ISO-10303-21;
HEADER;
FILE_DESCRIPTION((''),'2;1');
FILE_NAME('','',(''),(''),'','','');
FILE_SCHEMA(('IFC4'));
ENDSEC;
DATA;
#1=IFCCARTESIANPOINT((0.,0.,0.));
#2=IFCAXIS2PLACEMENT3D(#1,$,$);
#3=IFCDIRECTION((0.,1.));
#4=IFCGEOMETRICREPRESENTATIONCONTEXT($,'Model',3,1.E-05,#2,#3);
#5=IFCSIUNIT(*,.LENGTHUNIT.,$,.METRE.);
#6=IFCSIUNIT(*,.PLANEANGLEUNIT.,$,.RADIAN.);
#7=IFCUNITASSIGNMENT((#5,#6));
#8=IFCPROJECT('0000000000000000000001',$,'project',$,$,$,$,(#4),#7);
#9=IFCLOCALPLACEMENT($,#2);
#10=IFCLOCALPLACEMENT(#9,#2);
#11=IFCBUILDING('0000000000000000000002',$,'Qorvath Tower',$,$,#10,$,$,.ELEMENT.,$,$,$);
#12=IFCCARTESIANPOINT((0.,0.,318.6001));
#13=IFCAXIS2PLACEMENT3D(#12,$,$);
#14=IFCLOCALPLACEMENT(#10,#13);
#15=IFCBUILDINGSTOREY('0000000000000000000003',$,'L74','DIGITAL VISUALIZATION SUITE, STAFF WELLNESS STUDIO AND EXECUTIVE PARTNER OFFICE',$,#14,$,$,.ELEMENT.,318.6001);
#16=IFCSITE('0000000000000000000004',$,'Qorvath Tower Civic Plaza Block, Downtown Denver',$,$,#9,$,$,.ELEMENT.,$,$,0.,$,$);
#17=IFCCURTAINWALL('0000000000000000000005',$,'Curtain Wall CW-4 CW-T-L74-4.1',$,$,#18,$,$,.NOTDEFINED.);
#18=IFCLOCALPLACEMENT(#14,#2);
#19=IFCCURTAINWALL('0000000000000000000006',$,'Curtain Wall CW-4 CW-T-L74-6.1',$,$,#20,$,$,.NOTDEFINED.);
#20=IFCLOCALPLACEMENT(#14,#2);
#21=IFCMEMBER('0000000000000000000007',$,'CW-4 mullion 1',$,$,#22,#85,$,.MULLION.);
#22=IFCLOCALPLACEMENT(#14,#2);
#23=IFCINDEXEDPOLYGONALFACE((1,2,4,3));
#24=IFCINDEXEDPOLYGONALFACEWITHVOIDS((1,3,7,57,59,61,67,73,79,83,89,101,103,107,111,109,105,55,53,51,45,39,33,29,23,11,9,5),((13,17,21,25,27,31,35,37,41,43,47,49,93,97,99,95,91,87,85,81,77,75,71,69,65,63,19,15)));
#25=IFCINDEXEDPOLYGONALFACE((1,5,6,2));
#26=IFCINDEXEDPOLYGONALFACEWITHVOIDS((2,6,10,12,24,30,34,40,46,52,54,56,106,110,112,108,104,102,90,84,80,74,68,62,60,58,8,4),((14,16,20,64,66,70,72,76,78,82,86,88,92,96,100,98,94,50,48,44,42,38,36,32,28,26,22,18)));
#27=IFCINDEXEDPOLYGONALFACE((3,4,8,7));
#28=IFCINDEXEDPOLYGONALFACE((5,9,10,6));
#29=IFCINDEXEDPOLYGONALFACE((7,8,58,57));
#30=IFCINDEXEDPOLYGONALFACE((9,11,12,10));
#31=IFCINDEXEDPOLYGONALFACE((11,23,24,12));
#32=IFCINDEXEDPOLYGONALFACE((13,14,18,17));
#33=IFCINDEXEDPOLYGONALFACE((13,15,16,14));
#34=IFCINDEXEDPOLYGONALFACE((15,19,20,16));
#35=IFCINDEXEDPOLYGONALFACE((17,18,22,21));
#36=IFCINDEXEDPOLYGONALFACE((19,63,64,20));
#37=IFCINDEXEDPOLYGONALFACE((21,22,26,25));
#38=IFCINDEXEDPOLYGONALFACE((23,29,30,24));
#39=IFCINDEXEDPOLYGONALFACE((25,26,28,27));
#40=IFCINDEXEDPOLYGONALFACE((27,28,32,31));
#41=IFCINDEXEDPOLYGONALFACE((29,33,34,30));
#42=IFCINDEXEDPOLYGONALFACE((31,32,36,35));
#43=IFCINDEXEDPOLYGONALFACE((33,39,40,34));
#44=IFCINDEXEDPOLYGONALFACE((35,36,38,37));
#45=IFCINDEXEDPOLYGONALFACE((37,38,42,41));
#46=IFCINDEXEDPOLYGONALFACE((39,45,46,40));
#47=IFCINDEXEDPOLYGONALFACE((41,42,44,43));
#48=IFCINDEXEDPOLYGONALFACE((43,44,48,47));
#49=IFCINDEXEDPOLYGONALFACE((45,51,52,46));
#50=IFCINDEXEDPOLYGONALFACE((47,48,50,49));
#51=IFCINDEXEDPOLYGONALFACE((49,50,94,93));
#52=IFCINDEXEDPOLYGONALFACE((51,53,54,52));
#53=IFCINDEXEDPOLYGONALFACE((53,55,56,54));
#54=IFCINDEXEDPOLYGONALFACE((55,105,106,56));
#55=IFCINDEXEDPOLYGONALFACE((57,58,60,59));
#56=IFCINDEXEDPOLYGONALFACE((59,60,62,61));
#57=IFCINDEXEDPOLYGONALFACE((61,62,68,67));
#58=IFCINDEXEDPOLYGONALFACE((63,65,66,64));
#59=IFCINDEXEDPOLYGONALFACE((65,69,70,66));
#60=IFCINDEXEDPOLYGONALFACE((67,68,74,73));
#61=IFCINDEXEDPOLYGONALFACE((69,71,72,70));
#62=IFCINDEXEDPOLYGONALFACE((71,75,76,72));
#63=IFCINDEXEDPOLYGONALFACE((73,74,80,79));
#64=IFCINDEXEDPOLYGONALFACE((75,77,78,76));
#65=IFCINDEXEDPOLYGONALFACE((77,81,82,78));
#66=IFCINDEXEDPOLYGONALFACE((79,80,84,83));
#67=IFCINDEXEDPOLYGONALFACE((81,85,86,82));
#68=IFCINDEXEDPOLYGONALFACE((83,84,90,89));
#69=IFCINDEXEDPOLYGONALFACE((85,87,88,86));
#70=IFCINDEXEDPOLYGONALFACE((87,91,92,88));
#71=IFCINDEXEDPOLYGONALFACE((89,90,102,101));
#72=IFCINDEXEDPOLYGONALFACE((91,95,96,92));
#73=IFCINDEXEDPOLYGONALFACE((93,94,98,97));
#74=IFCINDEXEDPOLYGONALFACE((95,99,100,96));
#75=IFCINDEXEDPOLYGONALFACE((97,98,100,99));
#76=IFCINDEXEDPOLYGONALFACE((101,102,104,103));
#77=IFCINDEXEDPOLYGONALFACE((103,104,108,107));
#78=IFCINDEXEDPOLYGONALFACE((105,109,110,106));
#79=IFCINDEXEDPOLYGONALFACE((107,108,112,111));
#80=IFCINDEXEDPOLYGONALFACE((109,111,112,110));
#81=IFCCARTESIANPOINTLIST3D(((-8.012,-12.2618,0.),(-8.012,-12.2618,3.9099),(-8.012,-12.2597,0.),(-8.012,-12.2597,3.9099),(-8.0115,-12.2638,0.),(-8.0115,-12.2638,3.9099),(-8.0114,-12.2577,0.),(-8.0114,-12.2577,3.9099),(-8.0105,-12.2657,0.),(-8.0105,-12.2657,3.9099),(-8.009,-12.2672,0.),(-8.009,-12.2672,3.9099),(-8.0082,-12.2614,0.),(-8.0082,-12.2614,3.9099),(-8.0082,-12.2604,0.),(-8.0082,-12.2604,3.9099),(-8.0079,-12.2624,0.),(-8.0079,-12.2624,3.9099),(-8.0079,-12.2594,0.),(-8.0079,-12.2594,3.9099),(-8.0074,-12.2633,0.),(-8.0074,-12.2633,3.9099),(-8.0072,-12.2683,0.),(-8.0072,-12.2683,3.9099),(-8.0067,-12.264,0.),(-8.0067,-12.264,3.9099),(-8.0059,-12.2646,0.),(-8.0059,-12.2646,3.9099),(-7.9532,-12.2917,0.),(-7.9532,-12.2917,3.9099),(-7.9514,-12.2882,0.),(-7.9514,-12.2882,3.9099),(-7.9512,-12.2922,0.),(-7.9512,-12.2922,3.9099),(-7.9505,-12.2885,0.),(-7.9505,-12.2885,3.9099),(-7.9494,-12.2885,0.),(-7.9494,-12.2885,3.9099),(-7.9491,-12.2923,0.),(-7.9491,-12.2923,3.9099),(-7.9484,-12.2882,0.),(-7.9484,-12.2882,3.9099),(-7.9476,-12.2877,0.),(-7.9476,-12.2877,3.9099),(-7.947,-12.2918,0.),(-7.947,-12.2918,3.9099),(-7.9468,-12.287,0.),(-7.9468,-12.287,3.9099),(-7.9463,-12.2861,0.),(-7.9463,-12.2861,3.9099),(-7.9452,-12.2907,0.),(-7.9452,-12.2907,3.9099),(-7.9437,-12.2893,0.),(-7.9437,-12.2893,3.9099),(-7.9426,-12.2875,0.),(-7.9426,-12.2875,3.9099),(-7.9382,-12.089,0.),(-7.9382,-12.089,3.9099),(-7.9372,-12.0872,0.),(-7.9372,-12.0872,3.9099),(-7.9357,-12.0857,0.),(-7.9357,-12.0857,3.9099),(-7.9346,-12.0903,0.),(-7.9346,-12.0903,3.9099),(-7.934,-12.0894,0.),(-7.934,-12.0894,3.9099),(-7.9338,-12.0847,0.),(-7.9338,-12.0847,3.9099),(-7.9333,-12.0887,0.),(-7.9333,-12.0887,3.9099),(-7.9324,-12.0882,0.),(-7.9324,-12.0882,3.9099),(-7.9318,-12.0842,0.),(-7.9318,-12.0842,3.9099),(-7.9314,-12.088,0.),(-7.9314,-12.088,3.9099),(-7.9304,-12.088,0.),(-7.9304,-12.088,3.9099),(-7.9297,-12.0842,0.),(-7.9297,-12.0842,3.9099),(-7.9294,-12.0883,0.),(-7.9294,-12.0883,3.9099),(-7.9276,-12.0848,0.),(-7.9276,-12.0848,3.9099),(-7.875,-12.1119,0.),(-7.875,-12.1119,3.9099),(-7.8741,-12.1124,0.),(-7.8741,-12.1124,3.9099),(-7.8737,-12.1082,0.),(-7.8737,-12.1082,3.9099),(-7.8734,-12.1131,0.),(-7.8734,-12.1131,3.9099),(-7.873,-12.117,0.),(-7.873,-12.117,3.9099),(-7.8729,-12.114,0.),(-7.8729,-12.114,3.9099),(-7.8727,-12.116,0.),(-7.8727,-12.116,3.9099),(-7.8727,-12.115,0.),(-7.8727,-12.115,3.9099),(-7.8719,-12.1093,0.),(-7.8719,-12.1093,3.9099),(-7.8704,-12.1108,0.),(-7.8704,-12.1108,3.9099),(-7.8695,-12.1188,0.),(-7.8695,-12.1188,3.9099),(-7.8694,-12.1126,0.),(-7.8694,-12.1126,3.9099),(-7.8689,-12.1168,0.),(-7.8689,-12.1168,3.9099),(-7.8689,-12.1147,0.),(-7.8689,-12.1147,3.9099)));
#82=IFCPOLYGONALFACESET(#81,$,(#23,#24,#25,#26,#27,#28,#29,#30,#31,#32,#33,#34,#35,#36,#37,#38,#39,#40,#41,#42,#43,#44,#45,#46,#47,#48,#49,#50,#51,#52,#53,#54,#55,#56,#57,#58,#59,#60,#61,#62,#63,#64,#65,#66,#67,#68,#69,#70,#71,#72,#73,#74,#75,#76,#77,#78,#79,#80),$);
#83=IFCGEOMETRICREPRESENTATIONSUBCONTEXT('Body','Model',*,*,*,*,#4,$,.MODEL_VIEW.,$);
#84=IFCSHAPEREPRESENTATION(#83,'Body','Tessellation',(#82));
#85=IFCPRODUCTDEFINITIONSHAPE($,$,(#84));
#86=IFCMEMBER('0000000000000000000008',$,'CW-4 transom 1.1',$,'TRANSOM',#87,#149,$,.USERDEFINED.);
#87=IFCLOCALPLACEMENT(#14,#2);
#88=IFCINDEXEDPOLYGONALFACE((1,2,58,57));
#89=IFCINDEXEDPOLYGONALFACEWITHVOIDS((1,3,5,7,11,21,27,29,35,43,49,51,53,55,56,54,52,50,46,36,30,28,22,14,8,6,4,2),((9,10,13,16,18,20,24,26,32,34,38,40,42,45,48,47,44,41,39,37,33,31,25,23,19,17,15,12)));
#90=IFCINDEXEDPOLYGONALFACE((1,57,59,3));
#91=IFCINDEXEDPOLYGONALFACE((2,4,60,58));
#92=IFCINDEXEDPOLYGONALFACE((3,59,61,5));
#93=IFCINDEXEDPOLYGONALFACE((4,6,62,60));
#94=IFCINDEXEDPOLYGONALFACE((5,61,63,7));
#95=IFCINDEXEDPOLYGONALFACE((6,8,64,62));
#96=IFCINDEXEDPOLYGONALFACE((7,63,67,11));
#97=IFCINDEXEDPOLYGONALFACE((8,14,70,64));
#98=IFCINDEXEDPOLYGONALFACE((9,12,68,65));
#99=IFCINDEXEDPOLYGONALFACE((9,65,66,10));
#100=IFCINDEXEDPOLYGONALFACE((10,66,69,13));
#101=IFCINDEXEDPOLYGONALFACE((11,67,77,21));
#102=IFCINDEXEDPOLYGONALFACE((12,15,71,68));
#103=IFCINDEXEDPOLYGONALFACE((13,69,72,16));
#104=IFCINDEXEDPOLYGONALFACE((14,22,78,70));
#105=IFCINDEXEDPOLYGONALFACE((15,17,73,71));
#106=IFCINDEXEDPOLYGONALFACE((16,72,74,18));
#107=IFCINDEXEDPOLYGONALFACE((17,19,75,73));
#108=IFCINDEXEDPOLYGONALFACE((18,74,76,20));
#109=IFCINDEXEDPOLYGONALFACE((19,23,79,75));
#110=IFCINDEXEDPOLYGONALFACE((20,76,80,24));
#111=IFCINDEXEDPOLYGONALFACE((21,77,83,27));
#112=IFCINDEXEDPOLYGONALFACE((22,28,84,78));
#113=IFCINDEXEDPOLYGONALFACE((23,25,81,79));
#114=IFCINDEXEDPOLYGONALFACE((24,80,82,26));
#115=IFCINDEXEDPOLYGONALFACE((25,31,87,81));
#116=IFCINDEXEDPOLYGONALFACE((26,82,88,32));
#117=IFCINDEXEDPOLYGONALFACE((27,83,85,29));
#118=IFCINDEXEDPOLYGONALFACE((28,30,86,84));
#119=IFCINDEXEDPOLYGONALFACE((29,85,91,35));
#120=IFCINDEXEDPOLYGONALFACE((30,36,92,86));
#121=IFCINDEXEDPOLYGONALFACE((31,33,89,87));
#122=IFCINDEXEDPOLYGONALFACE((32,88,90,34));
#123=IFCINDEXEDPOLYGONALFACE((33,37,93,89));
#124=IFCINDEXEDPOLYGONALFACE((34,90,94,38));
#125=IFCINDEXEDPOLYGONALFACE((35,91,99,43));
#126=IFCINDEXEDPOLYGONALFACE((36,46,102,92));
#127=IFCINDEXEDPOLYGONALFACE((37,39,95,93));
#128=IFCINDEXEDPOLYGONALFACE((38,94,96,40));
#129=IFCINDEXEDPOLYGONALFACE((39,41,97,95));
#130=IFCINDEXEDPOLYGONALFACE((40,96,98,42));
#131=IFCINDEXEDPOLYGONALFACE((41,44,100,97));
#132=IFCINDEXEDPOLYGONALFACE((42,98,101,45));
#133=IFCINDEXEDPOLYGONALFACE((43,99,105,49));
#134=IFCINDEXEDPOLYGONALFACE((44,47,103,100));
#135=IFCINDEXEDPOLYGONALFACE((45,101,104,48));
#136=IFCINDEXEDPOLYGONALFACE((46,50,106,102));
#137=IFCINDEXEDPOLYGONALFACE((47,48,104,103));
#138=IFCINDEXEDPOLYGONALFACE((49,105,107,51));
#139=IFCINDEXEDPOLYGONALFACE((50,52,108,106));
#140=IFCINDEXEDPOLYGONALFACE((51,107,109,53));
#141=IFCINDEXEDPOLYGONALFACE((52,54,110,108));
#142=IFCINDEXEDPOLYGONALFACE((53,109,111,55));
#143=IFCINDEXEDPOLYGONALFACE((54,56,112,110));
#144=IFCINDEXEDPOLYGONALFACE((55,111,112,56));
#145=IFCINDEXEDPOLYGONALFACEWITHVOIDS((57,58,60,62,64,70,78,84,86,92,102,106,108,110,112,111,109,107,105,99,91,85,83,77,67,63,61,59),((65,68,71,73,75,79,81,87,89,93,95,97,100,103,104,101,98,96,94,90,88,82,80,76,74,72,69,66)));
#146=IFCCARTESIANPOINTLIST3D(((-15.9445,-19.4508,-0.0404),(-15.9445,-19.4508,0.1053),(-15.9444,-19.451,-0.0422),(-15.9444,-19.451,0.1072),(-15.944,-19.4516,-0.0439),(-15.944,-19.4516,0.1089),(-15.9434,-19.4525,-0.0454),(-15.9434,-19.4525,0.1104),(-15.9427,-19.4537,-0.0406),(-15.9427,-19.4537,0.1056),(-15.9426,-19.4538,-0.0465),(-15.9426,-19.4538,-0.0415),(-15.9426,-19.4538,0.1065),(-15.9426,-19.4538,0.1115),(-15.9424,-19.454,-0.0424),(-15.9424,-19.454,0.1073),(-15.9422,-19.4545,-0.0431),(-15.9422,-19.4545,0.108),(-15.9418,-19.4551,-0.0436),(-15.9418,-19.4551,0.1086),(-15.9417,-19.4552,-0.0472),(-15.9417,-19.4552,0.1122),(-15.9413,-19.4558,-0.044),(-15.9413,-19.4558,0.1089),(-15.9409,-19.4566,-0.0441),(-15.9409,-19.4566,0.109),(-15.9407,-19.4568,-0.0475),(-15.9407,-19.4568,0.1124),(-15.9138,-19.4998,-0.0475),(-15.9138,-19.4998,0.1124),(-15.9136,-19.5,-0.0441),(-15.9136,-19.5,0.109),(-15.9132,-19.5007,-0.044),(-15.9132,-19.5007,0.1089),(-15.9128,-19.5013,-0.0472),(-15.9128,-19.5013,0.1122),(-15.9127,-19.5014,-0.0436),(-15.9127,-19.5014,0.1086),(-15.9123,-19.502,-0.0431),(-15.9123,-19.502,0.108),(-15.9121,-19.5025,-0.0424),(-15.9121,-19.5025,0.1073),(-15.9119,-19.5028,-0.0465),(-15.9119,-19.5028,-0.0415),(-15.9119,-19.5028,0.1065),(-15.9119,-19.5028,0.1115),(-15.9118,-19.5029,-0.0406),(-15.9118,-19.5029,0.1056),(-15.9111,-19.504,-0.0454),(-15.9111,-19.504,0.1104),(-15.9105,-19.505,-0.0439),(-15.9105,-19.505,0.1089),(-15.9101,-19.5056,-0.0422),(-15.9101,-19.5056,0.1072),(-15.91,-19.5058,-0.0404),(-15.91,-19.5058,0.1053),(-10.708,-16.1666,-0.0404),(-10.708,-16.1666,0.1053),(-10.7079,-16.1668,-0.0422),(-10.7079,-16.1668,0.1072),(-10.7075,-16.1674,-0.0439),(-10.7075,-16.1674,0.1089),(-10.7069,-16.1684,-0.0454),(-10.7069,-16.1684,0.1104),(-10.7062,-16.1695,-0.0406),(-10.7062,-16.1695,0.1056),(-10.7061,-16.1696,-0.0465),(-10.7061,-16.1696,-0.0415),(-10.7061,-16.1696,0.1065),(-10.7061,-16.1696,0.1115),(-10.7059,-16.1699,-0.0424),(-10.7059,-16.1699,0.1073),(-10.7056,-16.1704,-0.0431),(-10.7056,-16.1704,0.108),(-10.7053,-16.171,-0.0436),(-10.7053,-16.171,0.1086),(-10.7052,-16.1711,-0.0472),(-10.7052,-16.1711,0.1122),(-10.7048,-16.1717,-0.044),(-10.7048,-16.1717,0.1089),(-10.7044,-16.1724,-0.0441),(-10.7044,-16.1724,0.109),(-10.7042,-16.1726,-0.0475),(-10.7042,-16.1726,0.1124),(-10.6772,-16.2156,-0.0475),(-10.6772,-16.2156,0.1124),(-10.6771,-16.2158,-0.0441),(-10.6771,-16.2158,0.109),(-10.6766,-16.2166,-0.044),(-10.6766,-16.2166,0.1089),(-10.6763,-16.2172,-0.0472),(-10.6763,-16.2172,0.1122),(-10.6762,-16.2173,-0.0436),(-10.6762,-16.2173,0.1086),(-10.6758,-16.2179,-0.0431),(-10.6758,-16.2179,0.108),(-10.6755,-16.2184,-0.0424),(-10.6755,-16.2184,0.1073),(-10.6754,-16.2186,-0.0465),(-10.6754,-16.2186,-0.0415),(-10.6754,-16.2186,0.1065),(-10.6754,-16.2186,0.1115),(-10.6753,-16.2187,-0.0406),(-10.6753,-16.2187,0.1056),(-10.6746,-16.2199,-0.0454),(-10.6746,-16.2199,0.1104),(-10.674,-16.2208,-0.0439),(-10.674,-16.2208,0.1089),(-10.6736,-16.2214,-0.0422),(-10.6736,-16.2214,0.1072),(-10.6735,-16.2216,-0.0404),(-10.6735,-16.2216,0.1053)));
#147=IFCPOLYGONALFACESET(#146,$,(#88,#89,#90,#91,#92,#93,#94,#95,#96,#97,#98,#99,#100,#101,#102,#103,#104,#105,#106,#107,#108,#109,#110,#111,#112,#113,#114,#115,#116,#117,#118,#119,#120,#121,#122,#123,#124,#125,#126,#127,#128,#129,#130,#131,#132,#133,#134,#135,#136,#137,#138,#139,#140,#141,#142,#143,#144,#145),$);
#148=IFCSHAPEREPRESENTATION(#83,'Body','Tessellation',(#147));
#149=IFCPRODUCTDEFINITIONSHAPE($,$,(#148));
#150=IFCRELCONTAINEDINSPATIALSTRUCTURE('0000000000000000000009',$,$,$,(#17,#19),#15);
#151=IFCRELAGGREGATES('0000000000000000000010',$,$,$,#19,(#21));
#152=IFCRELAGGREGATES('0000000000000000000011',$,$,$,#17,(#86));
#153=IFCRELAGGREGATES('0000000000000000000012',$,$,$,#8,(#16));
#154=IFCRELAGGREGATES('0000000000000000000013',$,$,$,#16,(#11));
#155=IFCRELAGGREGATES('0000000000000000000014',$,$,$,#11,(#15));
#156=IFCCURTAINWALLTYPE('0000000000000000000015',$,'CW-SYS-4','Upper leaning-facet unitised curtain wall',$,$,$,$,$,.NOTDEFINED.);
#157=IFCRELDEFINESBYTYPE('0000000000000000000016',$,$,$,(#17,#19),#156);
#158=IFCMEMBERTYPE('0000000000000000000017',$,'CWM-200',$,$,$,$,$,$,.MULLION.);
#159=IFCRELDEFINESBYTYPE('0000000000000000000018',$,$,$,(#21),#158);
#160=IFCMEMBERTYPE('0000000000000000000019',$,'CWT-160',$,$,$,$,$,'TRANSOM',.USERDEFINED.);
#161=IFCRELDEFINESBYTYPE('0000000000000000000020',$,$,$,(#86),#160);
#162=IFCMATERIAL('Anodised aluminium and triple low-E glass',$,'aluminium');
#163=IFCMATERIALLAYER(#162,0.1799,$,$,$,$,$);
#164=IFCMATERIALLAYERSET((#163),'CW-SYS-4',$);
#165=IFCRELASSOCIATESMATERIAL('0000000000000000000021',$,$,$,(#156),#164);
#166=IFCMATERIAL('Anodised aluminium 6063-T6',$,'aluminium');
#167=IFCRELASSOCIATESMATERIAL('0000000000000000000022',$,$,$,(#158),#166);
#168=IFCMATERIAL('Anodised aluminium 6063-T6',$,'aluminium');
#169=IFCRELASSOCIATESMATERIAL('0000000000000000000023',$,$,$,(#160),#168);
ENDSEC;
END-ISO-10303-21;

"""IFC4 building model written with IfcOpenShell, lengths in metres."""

from ifc_helpers import new_model, si_unit, direction, frame, origin, origin_2d, place, context, subcontext, project, spatial, hollow_rectangle, extrude, material, layer, layer_set, material_profile, profile_set, type_object, element, aggregate, save


model = new_model("IFC4")

# Units and contexts
model_context = context("Model", 3, precision=1e-05, world=origin(), true_north=direction((0.0, 1.0)))
body_context = subcontext(model_context, "Body", "Model", "MODEL_VIEW")
ifc_project = project(units=[si_unit("LENGTHUNIT", "METRE"), si_unit("PLANEANGLEUNIT", "RADIAN")], contexts=[model_context])

# Site, building, storey
site_placement = place(None, origin())
site = spatial("IfcSite", under=ifc_project, at=site_placement, Name="Qorvath Tower Civic Plaza Block, Downtown Denver", CompositionType="ELEMENT", RefElevation=0.0)
building_placement = place(site_placement, origin())
building = spatial("IfcBuilding", under=site, at=building_placement, Name="Qorvath Tower", CompositionType="ELEMENT")
storey_placement = place(building_placement, frame((0.0, 0.0, 318.6001)))
storey = spatial("IfcBuildingStorey", under=building, at=storey_placement, Name="L74", Description="DIGITAL VISUALIZATION SUITE, STAFF WELLNESS STUDIO AND EXECUTIVE PARTNER OFFICE", CompositionType="ELEMENT", Elevation=318.6001)

# Shared definitions
ifc_material_1 = material(Name="Anodised aluminium and triple low-E glass", Category="aluminium")
ifc_layer_1 = layer(ifc_material_1, 0.1799)
ifc_layer_set_1 = layer_set([ifc_layer_1], Name="CW-SYS-4")
curtain_wall_type = type_object("IfcCurtainWallType", Name="CW-SYS-4", Description="Upper leaning-facet unitised curtain wall", PredefinedType="NOTDEFINED", material=ifc_layer_set_1)
ifc_material_2 = material(Name="Anodised aluminium 6063-T6", Category="aluminium")
ifc_material_profile_1 = material_profile(ifc_material_2, hollow_rectangle(XDim=0.075, YDim=0.2, WallThickness=0.0039, InnerFilletRadius=0.0039, OuterFilletRadius=0.0081, at=origin_2d()), Name="CWM 200x75")
ifc_profile_set_1 = profile_set([ifc_material_profile_1], Name="Anodised aluminium 6063-T6")
member_type_1 = type_object("IfcMemberType", Name="CWM-200", PredefinedType="MULLION", material=ifc_profile_set_1)

# Curtain wall
curtain_wall_1_placement = place(storey_placement, origin())
curtain_wall_1 = element("IfcCurtainWall", 1, at=curtain_wall_1_placement, inside=storey, type_object=curtain_wall_type, Name="Curtain Wall CW-4 CW-T-L74-4.1", PredefinedType="NOTDEFINED")

# Curtain wall, member
curtain_wall_2_placement = place(storey_placement, origin())
curtain_wall_2 = element("IfcCurtainWall", 2, at=curtain_wall_2_placement, inside=storey, type_object=curtain_wall_type, Name="Curtain Wall CW-4 CW-T-L74-6.1", PredefinedType="NOTDEFINED")
member_1_placement = place(storey_placement, frame((-7.9404, -12.1882, 0.0), z_axis=(0.0, 0.0, 1.0), x_axis=(-0.917467, 0.397813, 0.0)))
member_1 = element("IfcMember", 3, at=member_1_placement, type_object=member_type_1, Name="CW-4 mullion 1", PredefinedType="MULLION", context=body_context, shape_type="SweptSolid", body=[
    extrude(hollow_rectangle(XDim=0.075, YDim=0.2, WallThickness=0.0039, InnerFilletRadius=0.0039, OuterFilletRadius=0.0081, at=origin_2d()), origin(), (0.0, 0.0, 1.0), 3.9099),
])

# Member
ifc_material_3 = material(Name="Anodised aluminium 6063-T6", Category="aluminium")
ifc_material_profile_2 = material_profile(ifc_material_3, hollow_rectangle(XDim=0.0649, YDim=0.1599, WallThickness=0.0034, InnerFilletRadius=0.0034, OuterFilletRadius=0.0071, at=origin_2d()), Name="CWT 160x65")
ifc_profile_set_2 = profile_set([ifc_material_profile_2], Name="Anodised aluminium 6063-T6")
member_type_2 = type_object("IfcMemberType", Name="CWT-160", ElementType="TRANSOM", PredefinedType="USERDEFINED", material=ifc_profile_set_2)
member_2_placement = place(storey_placement, frame((-15.9272, -19.4783, 0.0325), z_axis=(0.847174, 0.531315, 0.0), x_axis=(-0.531315, 0.847174, 0.0)))
member_2 = element("IfcMember", 4, at=member_2_placement, type_object=member_type_2, Name="CW-4 transom 1.1", ObjectType="TRANSOM", PredefinedType="USERDEFINED", context=body_context, shape_type="SweptSolid", body=[
    extrude(hollow_rectangle(XDim=0.0649, YDim=0.1599, WallThickness=0.0034, InnerFilletRadius=0.0034, OuterFilletRadius=0.0071, at=origin_2d()), origin(), (0.0, 0.0, 1.0), 6.1812),
])
aggregate(curtain_wall_2, [member_1])

aggregate(curtain_wall_1, [member_2])

save(model, "model.ifc")
